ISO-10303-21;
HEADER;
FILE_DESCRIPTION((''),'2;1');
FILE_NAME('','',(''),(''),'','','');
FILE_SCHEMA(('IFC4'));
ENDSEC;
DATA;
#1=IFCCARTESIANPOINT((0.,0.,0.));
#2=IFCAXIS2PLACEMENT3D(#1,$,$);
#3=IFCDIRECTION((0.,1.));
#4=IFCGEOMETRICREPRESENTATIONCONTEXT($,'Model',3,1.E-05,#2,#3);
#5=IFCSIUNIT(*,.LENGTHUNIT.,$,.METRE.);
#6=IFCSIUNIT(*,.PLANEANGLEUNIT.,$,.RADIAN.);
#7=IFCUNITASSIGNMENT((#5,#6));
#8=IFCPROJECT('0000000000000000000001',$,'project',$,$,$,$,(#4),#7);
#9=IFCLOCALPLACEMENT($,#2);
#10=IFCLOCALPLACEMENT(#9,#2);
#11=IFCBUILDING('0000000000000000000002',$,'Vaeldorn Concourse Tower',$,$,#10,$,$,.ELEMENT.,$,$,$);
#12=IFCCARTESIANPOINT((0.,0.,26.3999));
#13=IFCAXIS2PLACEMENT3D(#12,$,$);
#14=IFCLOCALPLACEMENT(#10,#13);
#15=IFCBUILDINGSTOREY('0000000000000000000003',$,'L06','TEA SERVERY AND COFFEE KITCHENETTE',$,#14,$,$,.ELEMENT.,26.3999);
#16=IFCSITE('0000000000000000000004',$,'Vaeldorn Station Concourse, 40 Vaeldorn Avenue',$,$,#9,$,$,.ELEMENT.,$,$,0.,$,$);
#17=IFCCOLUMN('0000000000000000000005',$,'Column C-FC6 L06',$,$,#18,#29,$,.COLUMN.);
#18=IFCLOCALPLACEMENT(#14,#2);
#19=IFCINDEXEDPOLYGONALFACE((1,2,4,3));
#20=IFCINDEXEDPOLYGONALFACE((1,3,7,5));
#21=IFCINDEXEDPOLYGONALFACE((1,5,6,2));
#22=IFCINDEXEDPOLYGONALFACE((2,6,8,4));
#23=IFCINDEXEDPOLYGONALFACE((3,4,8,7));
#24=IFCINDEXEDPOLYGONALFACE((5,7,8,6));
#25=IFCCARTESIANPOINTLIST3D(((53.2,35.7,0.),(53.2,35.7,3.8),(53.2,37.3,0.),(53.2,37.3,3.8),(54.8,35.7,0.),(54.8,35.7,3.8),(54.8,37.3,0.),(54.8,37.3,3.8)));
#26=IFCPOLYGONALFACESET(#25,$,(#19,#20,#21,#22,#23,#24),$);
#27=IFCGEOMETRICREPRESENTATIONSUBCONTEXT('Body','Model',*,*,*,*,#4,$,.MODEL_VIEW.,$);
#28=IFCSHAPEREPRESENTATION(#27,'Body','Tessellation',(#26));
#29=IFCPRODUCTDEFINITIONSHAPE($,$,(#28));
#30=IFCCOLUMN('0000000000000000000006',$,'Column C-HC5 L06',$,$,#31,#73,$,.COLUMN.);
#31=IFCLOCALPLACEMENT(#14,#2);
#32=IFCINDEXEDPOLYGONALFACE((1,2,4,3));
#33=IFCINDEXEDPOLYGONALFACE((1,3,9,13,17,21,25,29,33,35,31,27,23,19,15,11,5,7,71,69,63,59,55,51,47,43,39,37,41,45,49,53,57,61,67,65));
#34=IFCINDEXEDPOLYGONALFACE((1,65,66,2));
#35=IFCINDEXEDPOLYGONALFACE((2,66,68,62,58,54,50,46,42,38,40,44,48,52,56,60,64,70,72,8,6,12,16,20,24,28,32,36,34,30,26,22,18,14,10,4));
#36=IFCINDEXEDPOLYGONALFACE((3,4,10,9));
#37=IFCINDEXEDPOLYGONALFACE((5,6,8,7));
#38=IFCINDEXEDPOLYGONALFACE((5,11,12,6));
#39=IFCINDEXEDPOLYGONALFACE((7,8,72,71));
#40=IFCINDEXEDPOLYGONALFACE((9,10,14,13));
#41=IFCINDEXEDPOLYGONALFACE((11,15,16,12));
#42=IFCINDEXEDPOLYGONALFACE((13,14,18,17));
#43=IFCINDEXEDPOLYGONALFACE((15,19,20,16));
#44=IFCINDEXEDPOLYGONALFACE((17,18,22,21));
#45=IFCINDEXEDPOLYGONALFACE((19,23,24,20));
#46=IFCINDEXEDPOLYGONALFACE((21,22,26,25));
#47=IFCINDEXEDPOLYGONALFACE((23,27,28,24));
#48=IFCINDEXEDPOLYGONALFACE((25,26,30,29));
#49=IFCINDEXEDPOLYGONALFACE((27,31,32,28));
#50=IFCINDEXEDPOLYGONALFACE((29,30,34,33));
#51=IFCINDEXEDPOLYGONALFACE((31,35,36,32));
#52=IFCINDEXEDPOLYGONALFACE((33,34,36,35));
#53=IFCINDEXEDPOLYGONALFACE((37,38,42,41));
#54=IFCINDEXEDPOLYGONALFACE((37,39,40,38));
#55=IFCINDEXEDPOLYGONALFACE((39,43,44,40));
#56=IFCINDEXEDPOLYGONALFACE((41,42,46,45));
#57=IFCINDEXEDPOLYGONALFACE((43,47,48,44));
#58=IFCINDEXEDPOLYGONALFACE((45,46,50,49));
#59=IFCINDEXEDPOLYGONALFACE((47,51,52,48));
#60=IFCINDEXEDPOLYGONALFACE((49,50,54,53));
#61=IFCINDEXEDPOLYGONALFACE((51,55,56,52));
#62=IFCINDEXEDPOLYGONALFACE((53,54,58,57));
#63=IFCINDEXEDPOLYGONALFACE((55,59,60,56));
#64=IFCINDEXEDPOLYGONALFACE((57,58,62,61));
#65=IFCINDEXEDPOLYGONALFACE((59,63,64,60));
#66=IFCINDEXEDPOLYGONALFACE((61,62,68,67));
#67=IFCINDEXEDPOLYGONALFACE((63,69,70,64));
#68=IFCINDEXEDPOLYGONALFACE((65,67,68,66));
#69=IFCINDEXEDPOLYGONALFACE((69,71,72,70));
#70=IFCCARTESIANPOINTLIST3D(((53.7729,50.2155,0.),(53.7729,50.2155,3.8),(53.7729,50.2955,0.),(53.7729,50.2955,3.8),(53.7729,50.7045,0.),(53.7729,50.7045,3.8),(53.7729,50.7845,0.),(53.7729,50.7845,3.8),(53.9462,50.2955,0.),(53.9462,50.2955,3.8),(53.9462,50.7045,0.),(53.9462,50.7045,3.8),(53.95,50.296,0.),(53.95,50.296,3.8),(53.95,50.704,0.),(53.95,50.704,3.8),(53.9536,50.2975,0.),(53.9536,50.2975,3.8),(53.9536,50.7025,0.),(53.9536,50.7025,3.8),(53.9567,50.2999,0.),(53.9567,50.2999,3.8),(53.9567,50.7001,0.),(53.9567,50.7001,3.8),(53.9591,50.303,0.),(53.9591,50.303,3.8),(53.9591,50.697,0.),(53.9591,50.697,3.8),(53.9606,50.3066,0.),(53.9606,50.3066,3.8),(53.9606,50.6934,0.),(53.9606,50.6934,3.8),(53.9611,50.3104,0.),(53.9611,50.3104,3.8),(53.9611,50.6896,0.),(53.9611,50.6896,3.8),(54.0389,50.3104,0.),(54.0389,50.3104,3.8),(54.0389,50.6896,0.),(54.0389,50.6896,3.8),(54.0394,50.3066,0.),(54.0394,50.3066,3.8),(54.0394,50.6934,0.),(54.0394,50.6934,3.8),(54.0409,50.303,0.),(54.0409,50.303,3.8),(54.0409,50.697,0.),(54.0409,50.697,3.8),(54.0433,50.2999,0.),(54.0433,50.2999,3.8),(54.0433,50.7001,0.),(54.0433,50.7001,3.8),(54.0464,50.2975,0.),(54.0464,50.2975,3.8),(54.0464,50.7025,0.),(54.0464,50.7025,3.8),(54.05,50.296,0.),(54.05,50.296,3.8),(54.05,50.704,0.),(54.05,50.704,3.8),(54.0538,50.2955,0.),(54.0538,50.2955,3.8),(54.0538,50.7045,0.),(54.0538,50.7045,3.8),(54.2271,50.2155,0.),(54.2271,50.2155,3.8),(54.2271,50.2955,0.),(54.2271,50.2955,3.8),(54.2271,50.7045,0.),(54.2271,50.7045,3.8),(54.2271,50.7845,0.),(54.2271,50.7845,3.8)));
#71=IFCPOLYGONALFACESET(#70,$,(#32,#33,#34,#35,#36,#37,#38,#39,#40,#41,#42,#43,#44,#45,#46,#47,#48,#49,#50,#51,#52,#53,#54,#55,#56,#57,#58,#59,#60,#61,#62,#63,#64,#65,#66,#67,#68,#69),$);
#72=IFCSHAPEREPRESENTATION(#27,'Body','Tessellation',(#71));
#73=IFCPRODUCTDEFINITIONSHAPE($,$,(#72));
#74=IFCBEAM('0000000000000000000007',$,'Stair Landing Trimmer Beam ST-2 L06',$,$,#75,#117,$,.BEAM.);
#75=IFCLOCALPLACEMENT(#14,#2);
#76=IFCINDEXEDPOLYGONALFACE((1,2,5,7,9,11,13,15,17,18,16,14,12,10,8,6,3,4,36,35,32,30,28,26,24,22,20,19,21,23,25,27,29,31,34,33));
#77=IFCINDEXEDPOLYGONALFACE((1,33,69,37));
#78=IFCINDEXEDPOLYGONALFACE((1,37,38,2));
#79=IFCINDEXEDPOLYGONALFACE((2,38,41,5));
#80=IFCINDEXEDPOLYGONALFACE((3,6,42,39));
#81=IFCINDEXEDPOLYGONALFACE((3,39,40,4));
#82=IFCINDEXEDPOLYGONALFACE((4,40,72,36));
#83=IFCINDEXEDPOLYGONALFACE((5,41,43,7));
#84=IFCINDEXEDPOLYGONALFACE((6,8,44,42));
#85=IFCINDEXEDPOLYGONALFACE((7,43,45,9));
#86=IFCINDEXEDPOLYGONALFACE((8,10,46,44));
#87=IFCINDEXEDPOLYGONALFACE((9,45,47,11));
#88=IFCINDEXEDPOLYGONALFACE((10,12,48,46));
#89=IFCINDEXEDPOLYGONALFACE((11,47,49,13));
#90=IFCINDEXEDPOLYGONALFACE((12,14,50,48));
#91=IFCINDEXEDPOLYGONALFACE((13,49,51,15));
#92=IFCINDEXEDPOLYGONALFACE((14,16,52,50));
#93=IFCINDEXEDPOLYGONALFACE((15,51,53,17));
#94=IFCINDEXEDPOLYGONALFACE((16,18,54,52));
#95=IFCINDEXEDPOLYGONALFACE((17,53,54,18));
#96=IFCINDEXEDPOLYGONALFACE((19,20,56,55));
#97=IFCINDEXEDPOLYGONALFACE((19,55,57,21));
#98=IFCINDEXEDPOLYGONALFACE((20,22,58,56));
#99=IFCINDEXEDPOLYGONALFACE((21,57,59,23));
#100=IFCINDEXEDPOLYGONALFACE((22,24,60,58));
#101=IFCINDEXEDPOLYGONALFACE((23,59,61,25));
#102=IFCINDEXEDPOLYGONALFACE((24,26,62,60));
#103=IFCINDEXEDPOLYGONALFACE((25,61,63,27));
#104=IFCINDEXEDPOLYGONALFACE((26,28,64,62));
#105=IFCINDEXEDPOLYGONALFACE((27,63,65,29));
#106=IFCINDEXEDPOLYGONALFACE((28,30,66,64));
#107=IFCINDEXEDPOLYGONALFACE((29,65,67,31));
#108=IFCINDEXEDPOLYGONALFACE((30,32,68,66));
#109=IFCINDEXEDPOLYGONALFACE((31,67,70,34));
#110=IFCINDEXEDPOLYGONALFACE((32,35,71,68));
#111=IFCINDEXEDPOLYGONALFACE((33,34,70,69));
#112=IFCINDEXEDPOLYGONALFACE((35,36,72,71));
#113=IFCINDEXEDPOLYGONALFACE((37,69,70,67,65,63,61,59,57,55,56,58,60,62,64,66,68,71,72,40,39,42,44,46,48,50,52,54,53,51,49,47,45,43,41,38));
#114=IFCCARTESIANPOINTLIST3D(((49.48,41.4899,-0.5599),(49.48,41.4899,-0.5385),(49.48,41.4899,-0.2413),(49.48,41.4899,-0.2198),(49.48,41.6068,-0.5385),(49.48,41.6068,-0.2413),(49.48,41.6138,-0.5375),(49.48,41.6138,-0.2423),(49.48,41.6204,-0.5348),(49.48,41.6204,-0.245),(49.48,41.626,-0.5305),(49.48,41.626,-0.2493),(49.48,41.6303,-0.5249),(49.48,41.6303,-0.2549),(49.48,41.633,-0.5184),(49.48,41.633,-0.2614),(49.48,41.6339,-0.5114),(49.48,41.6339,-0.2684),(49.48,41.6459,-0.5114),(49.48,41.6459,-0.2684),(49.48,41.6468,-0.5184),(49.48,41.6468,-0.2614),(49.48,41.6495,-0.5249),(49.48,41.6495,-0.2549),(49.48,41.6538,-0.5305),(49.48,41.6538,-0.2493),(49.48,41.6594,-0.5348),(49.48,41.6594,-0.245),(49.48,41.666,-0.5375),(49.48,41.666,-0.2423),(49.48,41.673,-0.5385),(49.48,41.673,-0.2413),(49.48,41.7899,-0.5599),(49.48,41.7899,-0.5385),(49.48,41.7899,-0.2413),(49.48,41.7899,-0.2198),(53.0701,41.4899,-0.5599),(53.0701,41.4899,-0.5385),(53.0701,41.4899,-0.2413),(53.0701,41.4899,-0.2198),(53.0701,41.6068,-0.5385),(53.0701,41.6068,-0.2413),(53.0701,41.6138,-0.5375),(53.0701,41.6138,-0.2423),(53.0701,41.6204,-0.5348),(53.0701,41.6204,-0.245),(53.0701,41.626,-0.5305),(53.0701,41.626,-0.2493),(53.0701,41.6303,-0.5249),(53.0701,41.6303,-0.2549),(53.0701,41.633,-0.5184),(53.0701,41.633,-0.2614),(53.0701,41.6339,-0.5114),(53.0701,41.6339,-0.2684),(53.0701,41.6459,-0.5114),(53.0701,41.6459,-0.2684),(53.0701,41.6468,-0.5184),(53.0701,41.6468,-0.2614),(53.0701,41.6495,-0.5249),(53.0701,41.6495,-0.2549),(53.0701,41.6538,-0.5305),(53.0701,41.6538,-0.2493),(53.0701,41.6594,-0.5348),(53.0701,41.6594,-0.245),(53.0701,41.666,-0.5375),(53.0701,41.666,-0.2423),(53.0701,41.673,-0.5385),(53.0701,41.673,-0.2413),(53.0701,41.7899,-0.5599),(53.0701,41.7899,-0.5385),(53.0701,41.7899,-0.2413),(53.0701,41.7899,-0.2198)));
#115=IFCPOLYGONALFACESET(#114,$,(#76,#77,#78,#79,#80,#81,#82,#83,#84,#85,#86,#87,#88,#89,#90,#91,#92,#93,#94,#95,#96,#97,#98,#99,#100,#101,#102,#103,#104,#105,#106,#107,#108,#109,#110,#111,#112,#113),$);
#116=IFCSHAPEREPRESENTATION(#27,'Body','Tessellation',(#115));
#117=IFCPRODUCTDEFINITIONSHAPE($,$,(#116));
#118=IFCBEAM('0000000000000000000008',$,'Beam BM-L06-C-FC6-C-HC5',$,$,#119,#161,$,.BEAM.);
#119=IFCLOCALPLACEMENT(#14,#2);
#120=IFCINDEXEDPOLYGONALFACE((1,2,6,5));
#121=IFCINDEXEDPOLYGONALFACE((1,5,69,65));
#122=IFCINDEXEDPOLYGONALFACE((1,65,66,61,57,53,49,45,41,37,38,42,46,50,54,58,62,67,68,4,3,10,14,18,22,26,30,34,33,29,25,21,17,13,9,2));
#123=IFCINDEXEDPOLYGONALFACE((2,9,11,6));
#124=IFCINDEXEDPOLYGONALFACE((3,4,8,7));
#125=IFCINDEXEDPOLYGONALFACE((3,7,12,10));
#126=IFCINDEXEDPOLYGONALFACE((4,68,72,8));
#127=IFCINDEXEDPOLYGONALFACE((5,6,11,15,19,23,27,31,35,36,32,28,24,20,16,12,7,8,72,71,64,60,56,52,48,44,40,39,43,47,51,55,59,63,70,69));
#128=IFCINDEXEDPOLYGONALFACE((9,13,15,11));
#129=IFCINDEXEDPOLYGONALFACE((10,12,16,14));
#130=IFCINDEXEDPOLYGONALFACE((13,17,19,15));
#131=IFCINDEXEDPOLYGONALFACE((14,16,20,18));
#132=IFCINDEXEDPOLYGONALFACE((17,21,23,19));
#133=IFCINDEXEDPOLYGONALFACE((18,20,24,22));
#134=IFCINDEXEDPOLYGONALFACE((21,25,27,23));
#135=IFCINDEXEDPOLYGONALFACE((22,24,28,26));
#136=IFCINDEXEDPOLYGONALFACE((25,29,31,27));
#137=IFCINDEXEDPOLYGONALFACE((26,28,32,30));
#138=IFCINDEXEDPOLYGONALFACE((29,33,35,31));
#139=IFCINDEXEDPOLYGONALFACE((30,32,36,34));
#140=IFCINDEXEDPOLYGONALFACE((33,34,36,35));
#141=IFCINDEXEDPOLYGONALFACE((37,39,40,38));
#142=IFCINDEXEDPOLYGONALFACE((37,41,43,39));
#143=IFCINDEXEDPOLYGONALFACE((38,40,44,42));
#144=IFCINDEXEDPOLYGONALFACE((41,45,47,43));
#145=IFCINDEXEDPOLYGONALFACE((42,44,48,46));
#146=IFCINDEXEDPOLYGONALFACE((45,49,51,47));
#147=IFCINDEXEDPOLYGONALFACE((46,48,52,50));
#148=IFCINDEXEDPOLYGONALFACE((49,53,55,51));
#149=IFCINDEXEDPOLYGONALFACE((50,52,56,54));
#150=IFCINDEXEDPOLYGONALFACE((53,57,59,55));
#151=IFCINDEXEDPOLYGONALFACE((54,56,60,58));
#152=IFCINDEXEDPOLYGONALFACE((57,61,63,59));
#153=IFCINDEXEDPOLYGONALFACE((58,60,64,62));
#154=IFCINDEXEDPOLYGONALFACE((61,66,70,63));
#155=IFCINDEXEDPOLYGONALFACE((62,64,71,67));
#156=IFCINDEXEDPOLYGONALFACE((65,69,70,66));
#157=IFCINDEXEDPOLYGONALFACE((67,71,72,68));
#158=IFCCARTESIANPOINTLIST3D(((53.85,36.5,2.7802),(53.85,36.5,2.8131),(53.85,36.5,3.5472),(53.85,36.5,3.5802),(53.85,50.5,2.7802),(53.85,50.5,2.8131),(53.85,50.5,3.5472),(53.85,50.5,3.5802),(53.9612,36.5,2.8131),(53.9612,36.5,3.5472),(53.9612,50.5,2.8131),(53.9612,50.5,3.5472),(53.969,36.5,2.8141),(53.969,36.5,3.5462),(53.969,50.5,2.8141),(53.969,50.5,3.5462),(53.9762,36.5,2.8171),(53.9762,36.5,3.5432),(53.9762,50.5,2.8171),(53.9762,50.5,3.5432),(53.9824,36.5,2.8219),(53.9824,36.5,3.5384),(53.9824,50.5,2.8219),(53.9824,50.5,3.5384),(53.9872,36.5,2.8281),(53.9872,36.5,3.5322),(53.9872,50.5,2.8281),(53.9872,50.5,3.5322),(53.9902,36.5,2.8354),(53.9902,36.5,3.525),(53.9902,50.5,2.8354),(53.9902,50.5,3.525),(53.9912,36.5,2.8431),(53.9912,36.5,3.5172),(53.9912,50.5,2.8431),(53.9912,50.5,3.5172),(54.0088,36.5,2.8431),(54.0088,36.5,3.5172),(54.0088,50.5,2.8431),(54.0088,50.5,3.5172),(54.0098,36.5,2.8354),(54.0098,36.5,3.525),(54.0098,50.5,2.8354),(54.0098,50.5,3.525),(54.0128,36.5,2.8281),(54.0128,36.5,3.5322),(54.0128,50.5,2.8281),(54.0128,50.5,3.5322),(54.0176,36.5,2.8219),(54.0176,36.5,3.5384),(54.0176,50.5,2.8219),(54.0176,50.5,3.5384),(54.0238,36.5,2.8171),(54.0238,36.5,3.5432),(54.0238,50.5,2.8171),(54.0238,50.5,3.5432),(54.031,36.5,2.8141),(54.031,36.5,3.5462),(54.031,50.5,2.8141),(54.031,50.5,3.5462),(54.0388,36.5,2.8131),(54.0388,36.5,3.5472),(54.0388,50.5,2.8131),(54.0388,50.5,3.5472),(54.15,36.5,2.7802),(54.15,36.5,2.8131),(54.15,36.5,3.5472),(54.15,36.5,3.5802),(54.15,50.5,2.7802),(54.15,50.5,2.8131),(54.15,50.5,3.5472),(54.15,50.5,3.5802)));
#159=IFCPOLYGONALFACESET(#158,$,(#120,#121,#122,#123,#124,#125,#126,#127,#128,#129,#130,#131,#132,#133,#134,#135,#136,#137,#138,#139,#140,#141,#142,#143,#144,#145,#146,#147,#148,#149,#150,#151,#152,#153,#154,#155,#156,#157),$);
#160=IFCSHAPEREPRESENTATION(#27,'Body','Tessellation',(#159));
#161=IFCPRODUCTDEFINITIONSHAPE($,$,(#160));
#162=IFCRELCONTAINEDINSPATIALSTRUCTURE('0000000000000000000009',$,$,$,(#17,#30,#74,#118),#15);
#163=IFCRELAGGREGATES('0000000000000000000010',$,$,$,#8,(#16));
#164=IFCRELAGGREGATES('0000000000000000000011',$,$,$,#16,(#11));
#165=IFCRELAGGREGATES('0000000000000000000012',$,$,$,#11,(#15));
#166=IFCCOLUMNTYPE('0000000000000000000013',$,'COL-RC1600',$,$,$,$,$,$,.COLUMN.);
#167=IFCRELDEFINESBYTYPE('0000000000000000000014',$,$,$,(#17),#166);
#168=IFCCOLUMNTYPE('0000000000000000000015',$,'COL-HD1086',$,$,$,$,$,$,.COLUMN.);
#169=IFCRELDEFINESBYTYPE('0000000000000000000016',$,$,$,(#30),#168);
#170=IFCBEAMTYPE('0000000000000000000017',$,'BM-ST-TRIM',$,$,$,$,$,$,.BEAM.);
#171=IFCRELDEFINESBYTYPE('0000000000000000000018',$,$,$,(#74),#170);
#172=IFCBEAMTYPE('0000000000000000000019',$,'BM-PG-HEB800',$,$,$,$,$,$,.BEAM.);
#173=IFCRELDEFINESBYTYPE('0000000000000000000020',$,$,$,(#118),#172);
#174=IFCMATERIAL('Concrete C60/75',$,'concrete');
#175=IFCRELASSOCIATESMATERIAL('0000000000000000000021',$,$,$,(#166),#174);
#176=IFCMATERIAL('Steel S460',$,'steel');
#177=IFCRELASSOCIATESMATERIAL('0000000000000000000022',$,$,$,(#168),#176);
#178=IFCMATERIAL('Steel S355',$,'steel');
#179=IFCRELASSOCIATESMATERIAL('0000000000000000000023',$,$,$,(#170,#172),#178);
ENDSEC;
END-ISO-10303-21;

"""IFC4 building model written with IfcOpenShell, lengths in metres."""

from ifc_helpers import new_model, si_unit, direction, frame, origin, origin_2d, place, context, subcontext, project, spatial, rectangle, i_section, extrude, source, transform, mapped, material, material_profile, profile_set, type_object, element, save


model = new_model("IFC4")

# Units and contexts
model_context = context("Model", 3, precision=1e-05, world=origin(), true_north=direction((0.0, 1.0)))
body_context = subcontext(model_context, "Body", "Model", "MODEL_VIEW")
ifc_project = project(units=[si_unit("LENGTHUNIT", "METRE"), si_unit("PLANEANGLEUNIT", "RADIAN")], contexts=[model_context])

# Site, building, storey
site_placement = place(None, origin())
site = spatial("IfcSite", under=ifc_project, at=site_placement, Name="Vaeldorn Station Concourse, 40 Vaeldorn Avenue", CompositionType="ELEMENT", RefElevation=0.0)
building_placement = place(site_placement, origin())
building = spatial("IfcBuilding", under=site, at=building_placement, Name="Vaeldorn Concourse Tower", CompositionType="ELEMENT")
storey_placement = place(building_placement, frame((0.0, 0.0, 26.3999)))
storey = spatial("IfcBuildingStorey", under=building, at=storey_placement, Name="L06", Description="TEA SERVERY AND COFFEE KITCHENETTE", CompositionType="ELEMENT", Elevation=26.3999)

# Columns
ifc_material_1 = material(Name="Concrete C60/75", Category="concrete")
ifc_material_profile_1 = material_profile(ifc_material_1, rectangle(XDim=1.6001, YDim=1.6001, at=origin_2d()), Name="RC 1600x1600")
ifc_profile_set_1 = profile_set([ifc_material_profile_1], Name="Concrete C60/75")
column_type_1 = type_object("IfcColumnType", Name="COL-RC1600", PredefinedType="COLUMN", material=ifc_profile_set_1)
shared_shape_1 = source(origin(), body_context, "Body", "SweptSolid", [
    extrude(rectangle(XDim=1.6001, YDim=1.6001, at=origin_2d()), origin(), (0.0, 0.0, 1.0), 3.8),
])
column_1_placement = place(storey_placement, frame((54.0, 36.5, 0.0), z_axis=(0.0, 0.0, 1.0), x_axis=(1.0, 0.0, 0.0)))
element("IfcColumn", 1, at=column_1_placement, inside=storey, type_object=column_type_1, Name="Column C-FC6 L06", PredefinedType="COLUMN", context=body_context, shape_type="MappedRepresentation", body=[
    mapped(shared_shape_1, transform((0.0, 0.0, 0.0), scale=1.0)),
])
ifc_material_2 = material(Name="Steel S460", Category="steel")
ifc_material_profile_2 = material_profile(ifc_material_2, i_section(OverallWidth=0.4541, OverallDepth=0.5691, WebThickness=0.0779, FlangeThickness=0.0801, FilletRadius=0.0149, at=origin_2d()), Name="HD 400x1086")
ifc_profile_set_2 = profile_set([ifc_material_profile_2], Name="Steel S460")
column_type_2 = type_object("IfcColumnType", Name="COL-HD1086", PredefinedType="COLUMN", material=ifc_profile_set_2)
shared_shape_2 = source(origin(), body_context, "Body", "SweptSolid", [
    extrude(i_section(OverallWidth=0.4541, OverallDepth=0.5691, WebThickness=0.0779, FlangeThickness=0.0801, FilletRadius=0.0149, at=origin_2d()), origin(), (0.0, 0.0, 1.0), 3.8),
])
column_2_placement = place(storey_placement, frame((54.0, 50.5, 0.0), z_axis=(0.0, 0.0, 1.0), x_axis=(1.0, 0.0, 0.0)))
element("IfcColumn", 2, at=column_2_placement, inside=storey, type_object=column_type_2, Name="Column C-HC5 L06", PredefinedType="COLUMN", context=body_context, shape_type="MappedRepresentation", body=[
    mapped(shared_shape_2, transform((0.0, 0.0, 0.0), scale=1.0)),
])

# Beams
ifc_material_3 = material(Name="Steel S355", Category="steel")
ifc_material_profile_3 = material_profile(ifc_material_3, i_section(OverallWidth=0.3, OverallDepth=0.3401, WebThickness=0.012, FlangeThickness=0.0215, FilletRadius=0.0271, at=origin_2d()), Name="HEB 340")
ifc_profile_set_3 = profile_set([ifc_material_profile_3], Name="Steel S355")
beam_type_1 = type_object("IfcBeamType", Name="BM-ST-TRIM", PredefinedType="BEAM", material=ifc_profile_set_3)
shared_shape_3 = source(origin(), body_context, "Body", "SweptSolid", [
    extrude(i_section(OverallWidth=0.3, OverallDepth=0.3401, WebThickness=0.012, FlangeThickness=0.0215, FilletRadius=0.0271, at=origin_2d()), origin(), (0.0, 0.0, 1.0), 3.5901),
])
beam_1_placement = place(storey_placement, frame((49.48, 41.6399, -0.3899), z_axis=(1.0, 0.0, 0.0), x_axis=(0.0, 1.0, 0.0)))
element("IfcBeam", 3, at=beam_1_placement, inside=storey, type_object=beam_type_1, Name="Stair Landing Trimmer Beam ST-2 L06", PredefinedType="BEAM", context=body_context, shape_type="MappedRepresentation", body=[
    mapped(shared_shape_3, transform((0.0, 0.0, 0.0), scale=1.0)),
])
ifc_material_profile_4 = material_profile(ifc_material_3, i_section(OverallWidth=0.3, OverallDepth=0.8, WebThickness=0.0176, FlangeThickness=0.033, FilletRadius=0.03, at=origin_2d()), Name="HEB 800")
ifc_profile_set_4 = profile_set([ifc_material_profile_4], Name="Steel S355")
beam_type_2 = type_object("IfcBeamType", Name="BM-PG-HEB800", PredefinedType="BEAM", material=ifc_profile_set_4)
shared_shape_4 = source(origin(), body_context, "Body", "SweptSolid", [
    extrude(i_section(OverallWidth=0.3, OverallDepth=0.8, WebThickness=0.0176, FlangeThickness=0.033, FilletRadius=0.03, at=origin_2d()), origin(), (0.0, 0.0, 1.0), 14.0),
])
beam_2_placement = place(storey_placement, frame((54.0, 36.5, 3.1802), z_axis=(0.0, 1.0, 0.0), x_axis=(-1.0, 0.0, 0.0)))
element("IfcBeam", 4, at=beam_2_placement, inside=storey, type_object=beam_type_2, Name="Beam BM-L06-C-FC6-C-HC5", PredefinedType="BEAM", context=body_context, shape_type="MappedRepresentation", body=[
    mapped(shared_shape_4, transform((0.0, 0.0, 0.0), scale=1.0)),
])

save(model, "model.ifc")
